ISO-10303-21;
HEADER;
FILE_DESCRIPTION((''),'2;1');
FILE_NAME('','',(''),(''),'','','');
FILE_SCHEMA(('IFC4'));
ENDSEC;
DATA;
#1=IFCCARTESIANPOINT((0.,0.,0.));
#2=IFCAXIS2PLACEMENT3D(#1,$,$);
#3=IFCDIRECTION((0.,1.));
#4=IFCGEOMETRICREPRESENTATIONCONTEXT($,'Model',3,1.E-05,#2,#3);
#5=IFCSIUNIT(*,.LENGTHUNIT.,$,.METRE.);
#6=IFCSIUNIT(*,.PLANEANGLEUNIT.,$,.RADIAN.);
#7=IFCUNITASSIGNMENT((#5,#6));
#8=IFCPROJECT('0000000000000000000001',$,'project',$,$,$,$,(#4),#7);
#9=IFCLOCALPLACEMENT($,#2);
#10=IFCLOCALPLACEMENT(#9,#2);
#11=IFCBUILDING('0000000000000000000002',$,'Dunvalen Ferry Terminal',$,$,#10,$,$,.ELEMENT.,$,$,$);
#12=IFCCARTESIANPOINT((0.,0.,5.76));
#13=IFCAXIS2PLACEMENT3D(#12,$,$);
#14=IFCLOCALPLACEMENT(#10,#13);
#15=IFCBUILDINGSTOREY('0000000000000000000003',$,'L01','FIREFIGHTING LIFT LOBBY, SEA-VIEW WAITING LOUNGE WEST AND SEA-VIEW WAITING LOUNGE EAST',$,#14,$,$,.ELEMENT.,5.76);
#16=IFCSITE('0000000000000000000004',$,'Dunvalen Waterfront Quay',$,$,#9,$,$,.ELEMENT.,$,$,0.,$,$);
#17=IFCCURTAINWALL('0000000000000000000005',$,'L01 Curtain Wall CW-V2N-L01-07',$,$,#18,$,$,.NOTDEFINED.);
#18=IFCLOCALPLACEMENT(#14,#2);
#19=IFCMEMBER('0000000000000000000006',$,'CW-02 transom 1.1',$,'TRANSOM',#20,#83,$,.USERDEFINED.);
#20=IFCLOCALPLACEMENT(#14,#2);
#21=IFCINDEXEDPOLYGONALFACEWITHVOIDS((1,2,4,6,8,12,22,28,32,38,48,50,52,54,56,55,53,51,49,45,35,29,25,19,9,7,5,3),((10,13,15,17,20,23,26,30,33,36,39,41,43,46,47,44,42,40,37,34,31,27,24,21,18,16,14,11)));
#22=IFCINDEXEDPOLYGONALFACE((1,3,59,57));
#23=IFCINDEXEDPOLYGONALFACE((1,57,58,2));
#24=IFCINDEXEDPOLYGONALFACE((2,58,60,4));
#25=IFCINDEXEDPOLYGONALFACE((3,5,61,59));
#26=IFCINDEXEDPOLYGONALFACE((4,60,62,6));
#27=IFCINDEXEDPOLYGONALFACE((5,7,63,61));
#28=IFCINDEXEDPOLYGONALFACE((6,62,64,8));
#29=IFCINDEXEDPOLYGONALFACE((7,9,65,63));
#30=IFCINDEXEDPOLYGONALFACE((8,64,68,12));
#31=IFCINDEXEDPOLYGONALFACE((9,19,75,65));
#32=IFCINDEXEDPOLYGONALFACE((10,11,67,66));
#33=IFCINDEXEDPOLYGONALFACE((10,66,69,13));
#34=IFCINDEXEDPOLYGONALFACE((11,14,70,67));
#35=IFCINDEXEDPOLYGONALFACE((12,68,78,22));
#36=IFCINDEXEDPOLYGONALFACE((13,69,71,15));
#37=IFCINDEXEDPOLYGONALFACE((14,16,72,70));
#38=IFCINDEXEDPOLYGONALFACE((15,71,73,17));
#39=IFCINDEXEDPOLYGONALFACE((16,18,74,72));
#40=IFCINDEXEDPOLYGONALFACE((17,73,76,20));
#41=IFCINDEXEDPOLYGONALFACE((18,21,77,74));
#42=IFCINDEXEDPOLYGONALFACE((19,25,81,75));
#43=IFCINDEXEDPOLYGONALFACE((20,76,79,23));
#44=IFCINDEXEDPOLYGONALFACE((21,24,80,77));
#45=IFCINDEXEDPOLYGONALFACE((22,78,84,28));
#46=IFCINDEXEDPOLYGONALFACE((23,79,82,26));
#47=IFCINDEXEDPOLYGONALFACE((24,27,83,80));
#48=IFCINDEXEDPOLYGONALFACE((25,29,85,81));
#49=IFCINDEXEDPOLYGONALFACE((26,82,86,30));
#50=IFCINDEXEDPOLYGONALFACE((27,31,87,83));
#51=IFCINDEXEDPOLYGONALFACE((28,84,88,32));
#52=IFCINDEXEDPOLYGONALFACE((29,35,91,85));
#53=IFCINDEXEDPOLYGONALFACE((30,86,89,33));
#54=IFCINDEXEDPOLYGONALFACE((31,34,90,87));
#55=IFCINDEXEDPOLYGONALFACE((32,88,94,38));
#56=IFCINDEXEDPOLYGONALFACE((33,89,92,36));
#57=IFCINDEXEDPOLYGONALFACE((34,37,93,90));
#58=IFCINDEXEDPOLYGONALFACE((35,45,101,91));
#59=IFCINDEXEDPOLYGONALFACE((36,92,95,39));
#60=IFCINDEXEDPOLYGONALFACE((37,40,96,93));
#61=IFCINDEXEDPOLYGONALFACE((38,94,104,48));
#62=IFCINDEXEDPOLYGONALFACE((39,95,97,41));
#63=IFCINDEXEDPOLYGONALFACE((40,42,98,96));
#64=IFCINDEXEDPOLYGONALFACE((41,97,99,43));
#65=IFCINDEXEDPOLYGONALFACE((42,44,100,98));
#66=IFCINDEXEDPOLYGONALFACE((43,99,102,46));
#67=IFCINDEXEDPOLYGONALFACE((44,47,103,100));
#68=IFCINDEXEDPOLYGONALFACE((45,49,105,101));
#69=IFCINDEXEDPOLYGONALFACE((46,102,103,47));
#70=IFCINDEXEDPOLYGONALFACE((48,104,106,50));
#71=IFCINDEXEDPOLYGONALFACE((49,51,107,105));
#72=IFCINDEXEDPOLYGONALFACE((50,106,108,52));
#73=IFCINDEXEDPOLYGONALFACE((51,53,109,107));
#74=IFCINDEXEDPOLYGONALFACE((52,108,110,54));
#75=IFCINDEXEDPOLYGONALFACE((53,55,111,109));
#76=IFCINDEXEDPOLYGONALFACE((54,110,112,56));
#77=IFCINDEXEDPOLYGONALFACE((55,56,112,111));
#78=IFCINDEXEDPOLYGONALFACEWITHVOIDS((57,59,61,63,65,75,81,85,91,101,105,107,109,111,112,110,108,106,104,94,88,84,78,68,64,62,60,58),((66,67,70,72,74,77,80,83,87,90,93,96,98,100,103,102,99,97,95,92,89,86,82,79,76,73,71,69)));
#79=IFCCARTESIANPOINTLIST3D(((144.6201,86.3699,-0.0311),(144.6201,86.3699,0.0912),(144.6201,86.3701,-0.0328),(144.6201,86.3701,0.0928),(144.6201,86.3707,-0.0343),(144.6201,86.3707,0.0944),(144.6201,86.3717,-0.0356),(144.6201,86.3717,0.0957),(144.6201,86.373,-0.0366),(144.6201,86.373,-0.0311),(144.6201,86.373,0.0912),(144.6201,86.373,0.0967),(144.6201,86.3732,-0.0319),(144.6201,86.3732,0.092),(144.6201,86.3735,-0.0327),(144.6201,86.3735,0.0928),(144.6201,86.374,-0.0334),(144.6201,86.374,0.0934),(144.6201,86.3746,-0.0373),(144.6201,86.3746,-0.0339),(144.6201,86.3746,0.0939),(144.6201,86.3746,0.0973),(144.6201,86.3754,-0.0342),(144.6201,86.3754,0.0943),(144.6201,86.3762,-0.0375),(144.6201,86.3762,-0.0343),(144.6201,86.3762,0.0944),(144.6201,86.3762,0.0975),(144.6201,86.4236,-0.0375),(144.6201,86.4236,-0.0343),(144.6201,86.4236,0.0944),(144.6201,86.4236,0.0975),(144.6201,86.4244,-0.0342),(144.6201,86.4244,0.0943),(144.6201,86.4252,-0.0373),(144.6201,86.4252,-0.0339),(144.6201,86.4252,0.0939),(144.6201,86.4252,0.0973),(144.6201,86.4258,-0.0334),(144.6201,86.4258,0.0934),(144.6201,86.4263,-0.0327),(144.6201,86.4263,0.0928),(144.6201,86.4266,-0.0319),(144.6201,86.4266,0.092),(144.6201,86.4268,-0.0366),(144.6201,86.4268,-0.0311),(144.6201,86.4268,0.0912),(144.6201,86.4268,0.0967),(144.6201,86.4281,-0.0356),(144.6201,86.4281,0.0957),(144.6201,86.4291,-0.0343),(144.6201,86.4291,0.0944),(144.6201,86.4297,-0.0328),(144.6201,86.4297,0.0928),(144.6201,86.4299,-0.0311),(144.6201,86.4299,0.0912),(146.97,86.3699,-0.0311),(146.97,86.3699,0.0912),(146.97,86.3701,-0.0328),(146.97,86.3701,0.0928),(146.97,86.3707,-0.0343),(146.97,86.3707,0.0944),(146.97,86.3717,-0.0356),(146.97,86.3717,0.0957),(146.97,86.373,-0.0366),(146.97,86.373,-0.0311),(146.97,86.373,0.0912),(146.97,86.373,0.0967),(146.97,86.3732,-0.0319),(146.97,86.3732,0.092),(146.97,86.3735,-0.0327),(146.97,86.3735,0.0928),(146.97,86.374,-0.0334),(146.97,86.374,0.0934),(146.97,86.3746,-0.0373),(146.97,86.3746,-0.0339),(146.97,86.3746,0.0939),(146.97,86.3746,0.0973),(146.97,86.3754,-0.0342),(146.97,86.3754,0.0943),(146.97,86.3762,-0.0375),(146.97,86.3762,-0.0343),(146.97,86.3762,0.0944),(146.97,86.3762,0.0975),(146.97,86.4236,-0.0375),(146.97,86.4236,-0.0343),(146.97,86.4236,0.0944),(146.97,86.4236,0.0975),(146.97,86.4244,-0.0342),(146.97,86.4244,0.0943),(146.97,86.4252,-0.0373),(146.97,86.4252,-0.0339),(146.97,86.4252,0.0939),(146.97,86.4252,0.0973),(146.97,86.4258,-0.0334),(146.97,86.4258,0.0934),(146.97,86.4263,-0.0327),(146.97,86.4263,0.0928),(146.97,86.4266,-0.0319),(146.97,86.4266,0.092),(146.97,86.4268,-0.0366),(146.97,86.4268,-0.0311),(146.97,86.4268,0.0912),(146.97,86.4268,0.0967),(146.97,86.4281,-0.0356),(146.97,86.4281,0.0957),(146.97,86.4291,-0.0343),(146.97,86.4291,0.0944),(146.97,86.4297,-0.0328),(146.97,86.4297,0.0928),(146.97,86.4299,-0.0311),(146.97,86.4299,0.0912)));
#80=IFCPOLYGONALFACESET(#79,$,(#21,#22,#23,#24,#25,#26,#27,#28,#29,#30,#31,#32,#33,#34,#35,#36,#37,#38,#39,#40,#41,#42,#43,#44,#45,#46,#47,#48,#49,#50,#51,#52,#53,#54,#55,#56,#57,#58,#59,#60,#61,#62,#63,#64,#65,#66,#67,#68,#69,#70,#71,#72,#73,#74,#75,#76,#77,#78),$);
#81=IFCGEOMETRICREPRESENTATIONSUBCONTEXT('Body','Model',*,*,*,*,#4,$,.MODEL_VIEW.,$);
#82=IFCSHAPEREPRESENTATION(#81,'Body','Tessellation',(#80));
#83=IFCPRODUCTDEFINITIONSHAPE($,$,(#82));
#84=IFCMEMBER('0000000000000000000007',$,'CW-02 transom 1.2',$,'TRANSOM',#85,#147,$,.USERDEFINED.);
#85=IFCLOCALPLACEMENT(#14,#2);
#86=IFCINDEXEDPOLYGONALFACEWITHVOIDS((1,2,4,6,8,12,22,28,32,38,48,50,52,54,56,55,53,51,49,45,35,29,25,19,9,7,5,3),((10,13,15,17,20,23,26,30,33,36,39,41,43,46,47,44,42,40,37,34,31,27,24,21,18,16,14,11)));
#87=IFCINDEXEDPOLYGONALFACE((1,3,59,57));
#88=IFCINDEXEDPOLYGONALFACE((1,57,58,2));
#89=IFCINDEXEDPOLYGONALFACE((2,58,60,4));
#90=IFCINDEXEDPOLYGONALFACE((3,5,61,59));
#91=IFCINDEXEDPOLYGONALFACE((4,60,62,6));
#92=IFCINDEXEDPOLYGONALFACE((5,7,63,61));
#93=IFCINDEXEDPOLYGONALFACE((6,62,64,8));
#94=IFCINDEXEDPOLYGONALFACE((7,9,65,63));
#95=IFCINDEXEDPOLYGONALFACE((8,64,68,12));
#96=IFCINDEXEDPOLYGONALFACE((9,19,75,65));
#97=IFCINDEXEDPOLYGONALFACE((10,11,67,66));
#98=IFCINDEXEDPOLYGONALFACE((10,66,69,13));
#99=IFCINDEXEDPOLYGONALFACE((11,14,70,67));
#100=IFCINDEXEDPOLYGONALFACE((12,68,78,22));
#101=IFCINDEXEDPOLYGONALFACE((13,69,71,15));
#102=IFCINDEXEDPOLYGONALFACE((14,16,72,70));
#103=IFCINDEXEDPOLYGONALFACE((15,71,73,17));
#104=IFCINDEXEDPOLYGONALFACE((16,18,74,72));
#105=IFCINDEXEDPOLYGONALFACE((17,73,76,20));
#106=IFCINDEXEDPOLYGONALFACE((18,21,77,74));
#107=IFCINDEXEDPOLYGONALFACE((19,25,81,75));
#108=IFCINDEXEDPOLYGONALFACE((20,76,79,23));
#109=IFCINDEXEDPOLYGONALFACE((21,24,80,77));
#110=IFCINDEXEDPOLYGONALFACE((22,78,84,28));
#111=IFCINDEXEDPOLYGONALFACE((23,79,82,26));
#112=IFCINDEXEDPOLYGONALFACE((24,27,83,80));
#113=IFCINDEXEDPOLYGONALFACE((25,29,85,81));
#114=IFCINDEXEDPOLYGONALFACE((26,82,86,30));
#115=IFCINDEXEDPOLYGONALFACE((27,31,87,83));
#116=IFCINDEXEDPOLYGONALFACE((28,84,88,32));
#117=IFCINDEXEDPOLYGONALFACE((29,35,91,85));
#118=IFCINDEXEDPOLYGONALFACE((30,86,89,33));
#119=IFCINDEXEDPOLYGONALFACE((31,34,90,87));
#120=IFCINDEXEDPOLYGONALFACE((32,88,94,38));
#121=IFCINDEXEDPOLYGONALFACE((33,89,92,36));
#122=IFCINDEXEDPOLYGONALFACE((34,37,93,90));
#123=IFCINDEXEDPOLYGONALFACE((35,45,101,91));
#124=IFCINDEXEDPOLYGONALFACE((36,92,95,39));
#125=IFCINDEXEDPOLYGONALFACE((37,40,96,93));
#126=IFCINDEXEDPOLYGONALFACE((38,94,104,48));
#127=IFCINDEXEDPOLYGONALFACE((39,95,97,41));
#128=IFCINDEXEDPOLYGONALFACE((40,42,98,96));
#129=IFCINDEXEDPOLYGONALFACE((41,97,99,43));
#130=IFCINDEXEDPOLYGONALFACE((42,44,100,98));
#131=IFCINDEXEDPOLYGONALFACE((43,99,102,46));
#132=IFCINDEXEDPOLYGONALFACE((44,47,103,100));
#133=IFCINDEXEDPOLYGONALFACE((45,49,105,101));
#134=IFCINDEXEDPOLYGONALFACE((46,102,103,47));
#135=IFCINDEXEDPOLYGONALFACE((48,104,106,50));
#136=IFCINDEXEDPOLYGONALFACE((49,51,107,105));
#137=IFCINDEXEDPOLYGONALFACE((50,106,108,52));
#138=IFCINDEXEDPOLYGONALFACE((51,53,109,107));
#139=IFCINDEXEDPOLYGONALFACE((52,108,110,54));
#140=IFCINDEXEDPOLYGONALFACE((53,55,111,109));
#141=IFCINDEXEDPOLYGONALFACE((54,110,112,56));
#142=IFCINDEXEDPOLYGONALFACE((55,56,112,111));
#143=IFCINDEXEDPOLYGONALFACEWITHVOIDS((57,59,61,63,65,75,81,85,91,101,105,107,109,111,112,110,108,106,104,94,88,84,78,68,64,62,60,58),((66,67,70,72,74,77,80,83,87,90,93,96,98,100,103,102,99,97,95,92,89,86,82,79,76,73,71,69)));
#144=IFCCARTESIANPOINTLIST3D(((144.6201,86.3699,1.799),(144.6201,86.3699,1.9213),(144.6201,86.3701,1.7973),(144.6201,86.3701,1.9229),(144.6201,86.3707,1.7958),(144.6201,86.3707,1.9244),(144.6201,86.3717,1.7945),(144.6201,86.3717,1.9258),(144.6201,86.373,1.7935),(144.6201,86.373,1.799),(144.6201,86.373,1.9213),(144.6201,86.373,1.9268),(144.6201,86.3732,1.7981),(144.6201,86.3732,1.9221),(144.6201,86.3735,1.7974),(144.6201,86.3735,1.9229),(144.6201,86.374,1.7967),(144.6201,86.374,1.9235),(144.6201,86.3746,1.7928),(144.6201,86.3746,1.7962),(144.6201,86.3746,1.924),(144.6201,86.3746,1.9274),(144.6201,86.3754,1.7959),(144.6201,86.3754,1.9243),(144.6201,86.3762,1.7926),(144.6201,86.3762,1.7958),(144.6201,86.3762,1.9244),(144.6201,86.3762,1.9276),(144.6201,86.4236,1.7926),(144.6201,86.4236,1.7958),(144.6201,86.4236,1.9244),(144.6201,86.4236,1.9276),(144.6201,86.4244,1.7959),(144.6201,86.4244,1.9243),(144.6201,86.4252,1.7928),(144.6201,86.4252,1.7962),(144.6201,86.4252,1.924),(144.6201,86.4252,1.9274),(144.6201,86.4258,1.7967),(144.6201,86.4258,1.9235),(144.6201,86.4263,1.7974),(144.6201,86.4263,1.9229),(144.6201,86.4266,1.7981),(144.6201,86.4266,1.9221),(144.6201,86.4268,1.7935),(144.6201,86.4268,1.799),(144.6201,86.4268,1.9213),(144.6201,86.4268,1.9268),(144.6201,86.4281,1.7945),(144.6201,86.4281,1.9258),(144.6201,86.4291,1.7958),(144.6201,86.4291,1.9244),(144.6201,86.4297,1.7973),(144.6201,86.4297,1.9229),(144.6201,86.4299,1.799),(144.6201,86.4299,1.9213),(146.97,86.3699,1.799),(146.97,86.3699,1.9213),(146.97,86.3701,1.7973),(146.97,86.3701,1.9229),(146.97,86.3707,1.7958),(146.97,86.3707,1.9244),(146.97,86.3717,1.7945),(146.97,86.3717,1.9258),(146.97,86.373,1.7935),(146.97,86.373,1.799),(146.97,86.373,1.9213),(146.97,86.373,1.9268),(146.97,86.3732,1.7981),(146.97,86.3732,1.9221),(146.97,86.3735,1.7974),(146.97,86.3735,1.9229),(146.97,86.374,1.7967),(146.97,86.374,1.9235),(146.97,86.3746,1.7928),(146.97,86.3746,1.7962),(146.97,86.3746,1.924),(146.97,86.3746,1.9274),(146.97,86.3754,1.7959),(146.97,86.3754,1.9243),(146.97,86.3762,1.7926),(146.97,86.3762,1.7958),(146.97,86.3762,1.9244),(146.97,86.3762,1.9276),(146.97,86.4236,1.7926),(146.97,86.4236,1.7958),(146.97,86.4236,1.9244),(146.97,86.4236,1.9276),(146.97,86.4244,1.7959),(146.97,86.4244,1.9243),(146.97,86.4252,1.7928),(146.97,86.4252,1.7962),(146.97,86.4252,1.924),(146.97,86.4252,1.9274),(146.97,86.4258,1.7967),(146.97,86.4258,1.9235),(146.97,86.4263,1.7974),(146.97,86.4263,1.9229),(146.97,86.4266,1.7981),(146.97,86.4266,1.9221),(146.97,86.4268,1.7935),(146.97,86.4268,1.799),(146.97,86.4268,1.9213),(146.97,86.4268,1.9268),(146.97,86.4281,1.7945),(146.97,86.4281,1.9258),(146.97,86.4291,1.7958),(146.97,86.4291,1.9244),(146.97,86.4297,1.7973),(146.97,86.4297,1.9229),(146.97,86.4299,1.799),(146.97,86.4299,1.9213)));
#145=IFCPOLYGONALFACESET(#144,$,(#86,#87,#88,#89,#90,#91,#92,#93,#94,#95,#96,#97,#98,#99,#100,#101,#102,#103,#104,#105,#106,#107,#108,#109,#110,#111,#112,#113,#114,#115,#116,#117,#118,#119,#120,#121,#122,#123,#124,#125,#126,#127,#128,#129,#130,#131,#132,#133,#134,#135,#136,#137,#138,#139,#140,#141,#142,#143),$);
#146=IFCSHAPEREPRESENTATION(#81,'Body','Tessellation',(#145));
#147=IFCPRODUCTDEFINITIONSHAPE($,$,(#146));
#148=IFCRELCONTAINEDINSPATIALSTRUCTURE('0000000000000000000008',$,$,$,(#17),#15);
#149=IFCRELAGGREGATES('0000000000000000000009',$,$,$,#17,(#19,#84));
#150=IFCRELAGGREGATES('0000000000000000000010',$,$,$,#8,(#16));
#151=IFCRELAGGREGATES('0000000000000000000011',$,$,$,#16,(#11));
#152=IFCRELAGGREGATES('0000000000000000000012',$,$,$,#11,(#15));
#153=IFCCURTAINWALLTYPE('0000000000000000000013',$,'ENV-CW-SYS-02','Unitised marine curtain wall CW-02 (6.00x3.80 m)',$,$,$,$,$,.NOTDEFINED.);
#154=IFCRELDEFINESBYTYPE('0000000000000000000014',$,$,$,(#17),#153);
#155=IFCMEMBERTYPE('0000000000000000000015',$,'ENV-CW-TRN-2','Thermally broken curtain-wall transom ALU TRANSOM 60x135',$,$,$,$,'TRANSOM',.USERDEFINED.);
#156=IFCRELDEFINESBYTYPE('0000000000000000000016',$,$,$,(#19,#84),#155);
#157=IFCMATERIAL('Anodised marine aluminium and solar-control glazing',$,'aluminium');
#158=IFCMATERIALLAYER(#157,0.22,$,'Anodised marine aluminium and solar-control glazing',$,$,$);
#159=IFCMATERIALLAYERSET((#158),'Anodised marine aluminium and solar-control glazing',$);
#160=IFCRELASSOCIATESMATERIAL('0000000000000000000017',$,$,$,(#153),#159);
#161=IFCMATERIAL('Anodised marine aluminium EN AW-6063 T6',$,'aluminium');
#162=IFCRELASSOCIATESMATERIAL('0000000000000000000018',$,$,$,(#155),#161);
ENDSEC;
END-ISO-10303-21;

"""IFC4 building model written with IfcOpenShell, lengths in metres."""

from ifc_helpers import new_model, si_unit, direction, frame, origin, origin_2d, place, context, subcontext, project, spatial, hollow_rectangle, extrude, material, layer, layer_set, material_profile, profile_set, type_object, element, aggregate, save


model = new_model("IFC4")

# Units and contexts
model_context = context("Model", 3, precision=1e-05, world=origin(), true_north=direction((0.0, 1.0)))
body_context = subcontext(model_context, "Body", "Model", "MODEL_VIEW")
ifc_project = project(units=[si_unit("LENGTHUNIT", "METRE"), si_unit("PLANEANGLEUNIT", "RADIAN")], contexts=[model_context])

# Site, building, storey
site_placement = place(None, origin())
site = spatial("IfcSite", under=ifc_project, at=site_placement, Name="Dunvalen Waterfront Quay", CompositionType="ELEMENT", RefElevation=0.0)
building_placement = place(site_placement, origin())
building = spatial("IfcBuilding", under=site, at=building_placement, Name="Dunvalen Ferry Terminal", CompositionType="ELEMENT")
storey_placement = place(building_placement, frame((0.0, 0.0, 5.76)))
storey = spatial("IfcBuildingStorey", under=building, at=storey_placement, Name="L01", Description="FIREFIGHTING LIFT LOBBY, SEA-VIEW WAITING LOUNGE WEST AND SEA-VIEW WAITING LOUNGE EAST", CompositionType="ELEMENT", Elevation=5.76)

# Curtain wall
ifc_material_1 = material(Name="Anodised marine aluminium and solar-control glazing", Category="aluminium")
ifc_layer_1 = layer(ifc_material_1, 0.22, Name="Anodised marine aluminium and solar-control glazing")
ifc_layer_set_1 = layer_set([ifc_layer_1], Name="Anodised marine aluminium and solar-control glazing")
curtain_wall_type = type_object("IfcCurtainWallType", Name="ENV-CW-SYS-02", Description="Unitised marine curtain wall CW-02 (6.00x3.80 m)", PredefinedType="NOTDEFINED", material=ifc_layer_set_1)
curtain_wall_1_placement = place(storey_placement, origin())
curtain_wall_1 = element("IfcCurtainWall", 1, at=curtain_wall_1_placement, inside=storey, type_object=curtain_wall_type, Name="L01 Curtain Wall CW-V2N-L01-07", PredefinedType="NOTDEFINED")
ifc_material_2 = material(Name="Anodised marine aluminium EN AW-6063 T6", Category="aluminium")

# Members
ifc_material_profile_1 = material_profile(ifc_material_2, hollow_rectangle(XDim=0.0601, YDim=0.135, WallThickness=0.0032, InnerFilletRadius=0.0032, OuterFilletRadius=0.0063, at=origin_2d()), Name="Anodised marine aluminium EN AW-6063 T6")
ifc_profile_set_1 = profile_set([ifc_material_profile_1], Name="Anodised marine aluminium EN AW-6063 T6")
member_type_1 = type_object("IfcMemberType", Name="ENV-CW-TRN-2", Description="Thermally broken curtain-wall transom ALU TRANSOM 60x135", ElementType="TRANSOM", PredefinedType="USERDEFINED", material=ifc_profile_set_1)
member_1_placement = place(storey_placement, frame((144.6201, 86.3999, 0.03), z_axis=(1.0, 0.0, 0.0), x_axis=(0.0, 1.0, 0.0)))
member_1 = element("IfcMember", 2, at=member_1_placement, type_object=member_type_1, Name="CW-02 transom 1.1", ObjectType="TRANSOM", PredefinedType="USERDEFINED", context=body_context, shape_type="SweptSolid", body=[
    extrude(hollow_rectangle(XDim=0.0601, YDim=0.135, WallThickness=0.0032, InnerFilletRadius=0.0032, OuterFilletRadius=0.0063, at=origin_2d()), origin(), (0.0, 0.0, 1.0), 2.3499),
])
member_2_placement = place(storey_placement, frame((144.6201, 86.3999, 1.8601), z_axis=(1.0, 0.0, 0.0), x_axis=(0.0, 1.0, 0.0)))
member_2 = element("IfcMember", 3, at=member_2_placement, type_object=member_type_1, Name="CW-02 transom 1.2", ObjectType="TRANSOM", PredefinedType="USERDEFINED", context=body_context, shape_type="SweptSolid", body=[
    extrude(hollow_rectangle(XDim=0.0601, YDim=0.135, WallThickness=0.0032, InnerFilletRadius=0.0032, OuterFilletRadius=0.0063, at=origin_2d()), origin(), (0.0, 0.0, 1.0), 2.3499),
])

aggregate(curtain_wall_1, [member_1, member_2])

save(model, "model.ifc")
